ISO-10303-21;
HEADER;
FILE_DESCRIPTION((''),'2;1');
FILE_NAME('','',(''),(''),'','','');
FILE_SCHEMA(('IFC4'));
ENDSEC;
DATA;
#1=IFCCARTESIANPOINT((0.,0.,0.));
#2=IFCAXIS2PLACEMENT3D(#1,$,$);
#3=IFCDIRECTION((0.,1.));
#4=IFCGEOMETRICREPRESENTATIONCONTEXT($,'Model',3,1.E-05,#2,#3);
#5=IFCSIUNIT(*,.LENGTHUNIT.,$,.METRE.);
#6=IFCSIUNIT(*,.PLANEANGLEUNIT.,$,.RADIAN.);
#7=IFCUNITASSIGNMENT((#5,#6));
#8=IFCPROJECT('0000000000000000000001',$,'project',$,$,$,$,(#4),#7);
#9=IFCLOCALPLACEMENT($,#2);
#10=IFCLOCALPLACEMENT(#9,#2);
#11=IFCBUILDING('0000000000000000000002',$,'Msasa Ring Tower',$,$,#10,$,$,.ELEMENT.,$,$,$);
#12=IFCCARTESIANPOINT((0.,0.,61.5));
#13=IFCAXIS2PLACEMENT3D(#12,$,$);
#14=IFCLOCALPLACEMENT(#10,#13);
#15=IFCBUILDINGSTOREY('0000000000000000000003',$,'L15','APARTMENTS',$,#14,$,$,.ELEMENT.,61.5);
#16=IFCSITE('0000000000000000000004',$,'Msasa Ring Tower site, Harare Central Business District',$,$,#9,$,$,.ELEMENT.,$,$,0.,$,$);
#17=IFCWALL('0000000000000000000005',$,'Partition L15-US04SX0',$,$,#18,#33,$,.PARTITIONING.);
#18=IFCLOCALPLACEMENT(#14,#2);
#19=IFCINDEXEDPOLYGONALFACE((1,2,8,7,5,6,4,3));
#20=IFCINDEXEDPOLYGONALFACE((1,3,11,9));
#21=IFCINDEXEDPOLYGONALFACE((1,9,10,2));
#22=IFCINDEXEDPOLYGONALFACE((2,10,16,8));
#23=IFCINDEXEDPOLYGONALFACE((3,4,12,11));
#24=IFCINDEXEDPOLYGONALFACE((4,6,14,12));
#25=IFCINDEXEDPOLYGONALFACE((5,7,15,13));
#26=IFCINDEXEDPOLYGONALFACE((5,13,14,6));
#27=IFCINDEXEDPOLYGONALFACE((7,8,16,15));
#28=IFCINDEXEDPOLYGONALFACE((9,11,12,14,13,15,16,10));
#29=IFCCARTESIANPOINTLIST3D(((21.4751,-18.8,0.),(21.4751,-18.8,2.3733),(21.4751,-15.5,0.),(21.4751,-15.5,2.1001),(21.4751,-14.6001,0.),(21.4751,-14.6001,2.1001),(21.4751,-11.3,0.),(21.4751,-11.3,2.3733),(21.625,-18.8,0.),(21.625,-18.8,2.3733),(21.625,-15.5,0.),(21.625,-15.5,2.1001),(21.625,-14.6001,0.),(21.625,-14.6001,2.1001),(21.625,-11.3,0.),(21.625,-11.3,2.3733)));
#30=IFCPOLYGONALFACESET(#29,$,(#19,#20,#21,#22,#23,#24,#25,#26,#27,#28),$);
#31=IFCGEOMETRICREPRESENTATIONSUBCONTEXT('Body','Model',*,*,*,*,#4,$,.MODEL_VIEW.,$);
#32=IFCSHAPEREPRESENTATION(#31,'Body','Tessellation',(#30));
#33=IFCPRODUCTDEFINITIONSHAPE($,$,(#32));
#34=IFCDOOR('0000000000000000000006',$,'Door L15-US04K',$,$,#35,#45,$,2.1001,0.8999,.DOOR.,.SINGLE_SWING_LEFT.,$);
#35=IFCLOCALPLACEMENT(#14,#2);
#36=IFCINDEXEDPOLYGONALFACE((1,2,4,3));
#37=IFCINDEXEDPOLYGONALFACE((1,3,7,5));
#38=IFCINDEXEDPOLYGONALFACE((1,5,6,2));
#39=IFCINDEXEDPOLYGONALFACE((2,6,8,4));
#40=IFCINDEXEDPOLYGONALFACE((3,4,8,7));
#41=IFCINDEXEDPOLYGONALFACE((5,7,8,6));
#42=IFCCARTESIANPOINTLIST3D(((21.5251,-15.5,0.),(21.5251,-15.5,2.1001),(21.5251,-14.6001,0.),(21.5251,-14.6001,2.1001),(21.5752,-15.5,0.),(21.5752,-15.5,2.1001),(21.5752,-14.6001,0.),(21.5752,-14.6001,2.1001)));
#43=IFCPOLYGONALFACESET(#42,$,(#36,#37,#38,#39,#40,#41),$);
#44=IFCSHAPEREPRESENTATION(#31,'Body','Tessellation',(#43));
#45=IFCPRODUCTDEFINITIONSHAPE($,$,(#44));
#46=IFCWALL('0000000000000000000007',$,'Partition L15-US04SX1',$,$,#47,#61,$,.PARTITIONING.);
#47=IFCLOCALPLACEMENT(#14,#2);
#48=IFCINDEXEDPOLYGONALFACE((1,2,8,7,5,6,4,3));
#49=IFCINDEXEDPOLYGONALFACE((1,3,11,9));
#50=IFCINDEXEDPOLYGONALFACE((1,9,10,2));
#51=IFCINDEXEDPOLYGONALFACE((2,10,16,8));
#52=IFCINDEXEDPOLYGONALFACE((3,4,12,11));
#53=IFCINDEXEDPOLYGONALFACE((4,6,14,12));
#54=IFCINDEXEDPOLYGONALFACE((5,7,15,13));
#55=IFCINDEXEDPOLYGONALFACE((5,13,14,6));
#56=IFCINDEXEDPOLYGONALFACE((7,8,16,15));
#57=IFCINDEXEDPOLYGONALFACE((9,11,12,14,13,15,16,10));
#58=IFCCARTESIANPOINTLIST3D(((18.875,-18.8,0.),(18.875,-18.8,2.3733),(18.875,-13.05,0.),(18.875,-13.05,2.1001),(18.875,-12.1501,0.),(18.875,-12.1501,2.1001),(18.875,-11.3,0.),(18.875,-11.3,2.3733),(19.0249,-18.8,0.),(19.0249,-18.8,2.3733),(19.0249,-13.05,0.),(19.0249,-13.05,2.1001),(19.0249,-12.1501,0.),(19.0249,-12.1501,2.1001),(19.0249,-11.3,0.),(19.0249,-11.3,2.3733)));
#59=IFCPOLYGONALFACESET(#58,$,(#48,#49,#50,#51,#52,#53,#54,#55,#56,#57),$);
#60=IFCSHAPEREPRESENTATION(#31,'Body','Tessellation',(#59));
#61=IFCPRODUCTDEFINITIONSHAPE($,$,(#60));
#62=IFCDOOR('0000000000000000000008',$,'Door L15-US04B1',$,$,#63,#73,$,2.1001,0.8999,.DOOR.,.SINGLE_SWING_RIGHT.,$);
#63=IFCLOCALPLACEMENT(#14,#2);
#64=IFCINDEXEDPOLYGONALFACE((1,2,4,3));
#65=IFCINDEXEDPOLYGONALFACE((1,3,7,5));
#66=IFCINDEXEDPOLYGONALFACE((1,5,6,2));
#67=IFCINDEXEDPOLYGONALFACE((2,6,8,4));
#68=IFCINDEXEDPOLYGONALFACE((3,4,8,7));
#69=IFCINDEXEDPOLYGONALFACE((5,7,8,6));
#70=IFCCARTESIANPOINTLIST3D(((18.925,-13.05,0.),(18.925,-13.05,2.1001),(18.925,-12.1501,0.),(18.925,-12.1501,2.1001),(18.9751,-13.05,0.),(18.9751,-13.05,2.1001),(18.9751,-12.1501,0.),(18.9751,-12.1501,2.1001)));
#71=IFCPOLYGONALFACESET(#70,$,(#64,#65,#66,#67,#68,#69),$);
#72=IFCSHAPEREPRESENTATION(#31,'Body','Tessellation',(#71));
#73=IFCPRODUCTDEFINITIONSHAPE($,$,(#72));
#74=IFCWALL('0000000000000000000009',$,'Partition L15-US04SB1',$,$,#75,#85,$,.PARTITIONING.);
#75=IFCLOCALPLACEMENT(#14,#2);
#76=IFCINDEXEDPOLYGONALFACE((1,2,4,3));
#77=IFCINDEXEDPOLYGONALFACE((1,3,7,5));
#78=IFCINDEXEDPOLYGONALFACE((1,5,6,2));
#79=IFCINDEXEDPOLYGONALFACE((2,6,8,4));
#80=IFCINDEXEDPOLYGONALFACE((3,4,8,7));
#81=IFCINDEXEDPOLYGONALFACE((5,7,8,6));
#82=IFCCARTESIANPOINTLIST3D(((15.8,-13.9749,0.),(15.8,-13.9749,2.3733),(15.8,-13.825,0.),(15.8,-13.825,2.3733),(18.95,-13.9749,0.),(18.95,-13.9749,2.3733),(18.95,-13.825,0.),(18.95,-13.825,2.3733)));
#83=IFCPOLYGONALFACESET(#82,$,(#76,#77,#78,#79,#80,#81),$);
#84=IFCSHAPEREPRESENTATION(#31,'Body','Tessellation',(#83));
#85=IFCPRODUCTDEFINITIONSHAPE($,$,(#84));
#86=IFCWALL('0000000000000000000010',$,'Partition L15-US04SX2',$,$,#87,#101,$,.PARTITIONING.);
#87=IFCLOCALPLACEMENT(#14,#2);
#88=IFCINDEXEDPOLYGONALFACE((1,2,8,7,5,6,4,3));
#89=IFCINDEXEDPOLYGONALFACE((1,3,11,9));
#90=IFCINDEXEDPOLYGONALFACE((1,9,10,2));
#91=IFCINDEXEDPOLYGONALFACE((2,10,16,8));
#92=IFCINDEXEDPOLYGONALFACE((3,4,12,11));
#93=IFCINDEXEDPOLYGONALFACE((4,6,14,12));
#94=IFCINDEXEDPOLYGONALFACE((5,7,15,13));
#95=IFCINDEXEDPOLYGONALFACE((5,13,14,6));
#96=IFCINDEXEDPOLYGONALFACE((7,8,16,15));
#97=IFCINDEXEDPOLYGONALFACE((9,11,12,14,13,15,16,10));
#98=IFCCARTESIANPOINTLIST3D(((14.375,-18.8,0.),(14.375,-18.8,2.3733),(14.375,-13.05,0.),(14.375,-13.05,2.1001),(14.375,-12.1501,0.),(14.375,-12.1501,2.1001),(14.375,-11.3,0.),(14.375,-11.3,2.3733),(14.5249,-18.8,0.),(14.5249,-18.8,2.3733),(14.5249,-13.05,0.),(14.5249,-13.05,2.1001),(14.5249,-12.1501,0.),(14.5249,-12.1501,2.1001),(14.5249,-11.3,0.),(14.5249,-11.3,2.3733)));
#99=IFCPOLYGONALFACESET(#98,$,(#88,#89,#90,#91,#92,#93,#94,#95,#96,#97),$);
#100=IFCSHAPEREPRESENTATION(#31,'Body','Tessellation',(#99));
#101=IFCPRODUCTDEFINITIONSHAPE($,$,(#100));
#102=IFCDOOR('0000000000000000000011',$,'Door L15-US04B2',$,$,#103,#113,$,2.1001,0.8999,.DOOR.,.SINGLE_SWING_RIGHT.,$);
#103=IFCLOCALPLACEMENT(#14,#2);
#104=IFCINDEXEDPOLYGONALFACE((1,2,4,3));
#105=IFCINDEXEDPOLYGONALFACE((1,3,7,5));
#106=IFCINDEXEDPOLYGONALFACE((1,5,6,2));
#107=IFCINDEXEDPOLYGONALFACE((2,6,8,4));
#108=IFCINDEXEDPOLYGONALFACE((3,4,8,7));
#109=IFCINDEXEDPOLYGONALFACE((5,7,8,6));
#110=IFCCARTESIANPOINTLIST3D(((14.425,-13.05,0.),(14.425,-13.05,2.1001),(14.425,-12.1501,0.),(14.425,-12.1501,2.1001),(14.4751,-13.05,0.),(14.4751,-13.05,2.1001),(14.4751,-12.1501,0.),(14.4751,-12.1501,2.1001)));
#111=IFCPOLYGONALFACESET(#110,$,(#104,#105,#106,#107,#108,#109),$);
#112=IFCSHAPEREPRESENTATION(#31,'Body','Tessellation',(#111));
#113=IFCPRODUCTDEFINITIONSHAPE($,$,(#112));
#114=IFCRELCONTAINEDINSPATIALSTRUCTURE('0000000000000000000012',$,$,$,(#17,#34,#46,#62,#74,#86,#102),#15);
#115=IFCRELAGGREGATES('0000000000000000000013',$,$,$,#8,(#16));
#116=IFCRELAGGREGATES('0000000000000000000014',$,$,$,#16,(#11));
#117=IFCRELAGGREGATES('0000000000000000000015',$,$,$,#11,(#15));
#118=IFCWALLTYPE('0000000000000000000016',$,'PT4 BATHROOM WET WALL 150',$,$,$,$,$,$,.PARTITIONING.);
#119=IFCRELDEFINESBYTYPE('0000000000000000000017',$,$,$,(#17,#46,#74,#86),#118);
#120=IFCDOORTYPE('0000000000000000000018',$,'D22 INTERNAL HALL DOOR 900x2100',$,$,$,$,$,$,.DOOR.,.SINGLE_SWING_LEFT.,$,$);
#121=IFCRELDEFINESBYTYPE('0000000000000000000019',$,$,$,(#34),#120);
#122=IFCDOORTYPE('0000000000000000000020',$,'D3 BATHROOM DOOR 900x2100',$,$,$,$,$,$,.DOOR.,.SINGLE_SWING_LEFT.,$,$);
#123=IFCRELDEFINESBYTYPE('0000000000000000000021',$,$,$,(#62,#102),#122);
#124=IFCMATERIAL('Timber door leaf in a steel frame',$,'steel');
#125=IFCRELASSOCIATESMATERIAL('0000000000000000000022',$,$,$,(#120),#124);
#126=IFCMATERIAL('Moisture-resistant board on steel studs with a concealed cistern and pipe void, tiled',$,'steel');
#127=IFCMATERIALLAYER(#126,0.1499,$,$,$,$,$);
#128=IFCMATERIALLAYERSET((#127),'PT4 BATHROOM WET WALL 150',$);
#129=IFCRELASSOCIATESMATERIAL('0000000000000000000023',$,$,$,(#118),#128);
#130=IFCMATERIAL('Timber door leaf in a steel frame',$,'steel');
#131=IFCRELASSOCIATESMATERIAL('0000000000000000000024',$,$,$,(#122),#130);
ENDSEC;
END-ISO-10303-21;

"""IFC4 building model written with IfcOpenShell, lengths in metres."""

from ifc_helpers import new_model, si_unit, direction, frame, frame_2d, origin, place, context, subcontext, project, spatial, rectangle, extrude, material, layer, layer_set, type_object, element, fill, save


model = new_model("IFC4")

# Units and contexts
model_context = context("Model", 3, precision=1e-05, world=origin(), true_north=direction((0.0, 1.0)))
body_context = subcontext(model_context, "Body", "Model", "MODEL_VIEW")
ifc_project = project(units=[si_unit("LENGTHUNIT", "METRE"), si_unit("PLANEANGLEUNIT", "RADIAN")], contexts=[model_context])

# Site, building, storey
site_placement = place(None, origin())
site = spatial("IfcSite", under=ifc_project, at=site_placement, Name="Msasa Ring Tower site, Harare Central Business District", CompositionType="ELEMENT", RefElevation=0.0)
building_placement = place(site_placement, origin())
building = spatial("IfcBuilding", under=site, at=building_placement, Name="Msasa Ring Tower", CompositionType="ELEMENT")
storey_placement = place(building_placement, frame((0.0, 0.0, 61.5)))
storey = spatial("IfcBuildingStorey", under=building, at=storey_placement, Name="L15", Description="APARTMENTS", CompositionType="ELEMENT", Elevation=61.5)

# Shared definitions
ifc_material_1 = material(Name="Timber door leaf in a steel frame", Category="steel")
door_type_1 = type_object("IfcDoorType", Name="D22 INTERNAL HALL DOOR 900x2100", OperationType="SINGLE_SWING_LEFT", PredefinedType="DOOR", material=ifc_material_1)

# Walls, openings, doors
ifc_material_2 = material(Name="Moisture-resistant board on steel studs with a concealed cistern and pipe void, tiled", Category="steel")
ifc_layer_1 = layer(ifc_material_2, 0.1499)
ifc_layer_set_1 = layer_set([ifc_layer_1], Name="PT4 BATHROOM WET WALL 150")
wall_type_1 = type_object("IfcWallType", Name="PT4 BATHROOM WET WALL 150", PredefinedType="PARTITIONING", material=ifc_layer_set_1)
wall_1_placement = place(storey_placement, frame((21.55, -18.8, 0.0), z_axis=(0.0, 0.0, 1.0), x_axis=(0.0, 1.0, 0.0)))
wall_1 = element("IfcWall", 1, at=wall_1_placement, inside=storey, type_object=wall_type_1, Name="Partition L15-US04SX0", PredefinedType="PARTITIONING", context=body_context, shape_type="SweptSolid", body=[
    extrude(rectangle(XDim=7.5, YDim=0.1499, at=frame_2d((3.75, 0.0))), origin(), (0.0, 0.0, 1.0), 2.3733),
])
opening_1_placement = place(wall_1_placement, frame((3.3, 0.0, 0.0)))
opening_1 = element("IfcOpeningElement", 2, at=opening_1_placement, cuts=wall_1, PredefinedType="OPENING", context=body_context, shape_type="SweptSolid", body=[
    extrude(rectangle(XDim=0.8999, YDim=2.1001, at=frame_2d((0.45, 1.05))), frame((0.0, 0.085, 0.0), z_axis=(0.0, -1.0, 0.0), x_axis=(1.0, 0.0, 0.0)), (0.0, 0.0, 1.0), 0.1699),
])
door_1_placement = place(opening_1_placement, origin())
door_1 = element("IfcDoor", 3, at=door_1_placement, inside=storey, type_object=door_type_1, Name="Door L15-US04K", OperationType="SINGLE_SWING_LEFT", OverallHeight=2.1001, OverallWidth=0.8999, PredefinedType="DOOR", context=body_context, shape_type="SweptSolid", body=[
    extrude(rectangle(XDim=0.8999, YDim=2.1001, at=frame_2d((0.45, 1.05))), frame((0.0, 0.0249, 0.0), z_axis=(0.0, -1.0, 0.0), x_axis=(1.0, 0.0, 0.0)), (0.0, 0.0, 1.0), 0.05),
])
fill(opening_1, door_1)
wall_2_placement = place(storey_placement, frame((18.95, -18.8, 0.0), z_axis=(0.0, 0.0, 1.0), x_axis=(0.0, 1.0, 0.0)))
wall_2 = element("IfcWall", 4, at=wall_2_placement, inside=storey, type_object=wall_type_1, Name="Partition L15-US04SX1", PredefinedType="PARTITIONING", context=body_context, shape_type="SweptSolid", body=[
    extrude(rectangle(XDim=7.5, YDim=0.1499, at=frame_2d((3.75, 0.0))), origin(), (0.0, 0.0, 1.0), 2.3733),
])
opening_2_placement = place(wall_2_placement, frame((5.75, 0.0, 0.0)))
opening_2 = element("IfcOpeningElement", 5, at=opening_2_placement, cuts=wall_2, PredefinedType="OPENING", context=body_context, shape_type="SweptSolid", body=[
    extrude(rectangle(XDim=0.8999, YDim=2.1001, at=frame_2d((0.45, 1.05))), frame((0.0, 0.085, 0.0), z_axis=(0.0, -1.0, 0.0), x_axis=(1.0, 0.0, 0.0)), (0.0, 0.0, 1.0), 0.1699),
])
ifc_material_3 = material(Name="Timber door leaf in a steel frame", Category="steel")
door_type_2 = type_object("IfcDoorType", Name="D3 BATHROOM DOOR 900x2100", OperationType="SINGLE_SWING_LEFT", PredefinedType="DOOR", material=ifc_material_3)
door_2_placement = place(opening_2_placement, origin())
door_2 = element("IfcDoor", 6, at=door_2_placement, inside=storey, type_object=door_type_2, Name="Door L15-US04B1", OperationType="SINGLE_SWING_RIGHT", OverallHeight=2.1001, OverallWidth=0.8999, PredefinedType="DOOR", context=body_context, shape_type="SweptSolid", body=[
    extrude(rectangle(XDim=0.8999, YDim=2.1001, at=frame_2d((0.45, 1.05))), frame((0.0, 0.0249, 0.0), z_axis=(0.0, -1.0, 0.0), x_axis=(1.0, 0.0, 0.0)), (0.0, 0.0, 1.0), 0.05),
])
fill(opening_2, door_2)

# Wall
wall_3_placement = place(storey_placement, frame((15.8, -13.8999, 0.0), z_axis=(0.0, 0.0, 1.0), x_axis=(1.0, 0.0, 0.0)))
element("IfcWall", 7, at=wall_3_placement, inside=storey, type_object=wall_type_1, Name="Partition L15-US04SB1", PredefinedType="PARTITIONING", context=body_context, shape_type="SweptSolid", body=[
    extrude(rectangle(XDim=3.1499, YDim=0.1499, at=frame_2d((1.575, 0.0))), origin(), (0.0, 0.0, 1.0), 2.3733),
])

# Wall, opening, door
wall_4_placement = place(storey_placement, frame((14.45, -18.8, 0.0), z_axis=(0.0, 0.0, 1.0), x_axis=(0.0, 1.0, 0.0)))
wall_4 = element("IfcWall", 8, at=wall_4_placement, inside=storey, type_object=wall_type_1, Name="Partition L15-US04SX2", PredefinedType="PARTITIONING", context=body_context, shape_type="SweptSolid", body=[
    extrude(rectangle(XDim=7.5, YDim=0.1499, at=frame_2d((3.75, 0.0))), origin(), (0.0, 0.0, 1.0), 2.3733),
])
opening_3_placement = place(wall_4_placement, frame((5.75, 0.0, 0.0)))
opening_3 = element("IfcOpeningElement", 9, at=opening_3_placement, cuts=wall_4, PredefinedType="OPENING", context=body_context, shape_type="SweptSolid", body=[
    extrude(rectangle(XDim=0.8999, YDim=2.1001, at=frame_2d((0.45, 1.05))), frame((0.0, 0.085, 0.0), z_axis=(0.0, -1.0, 0.0), x_axis=(1.0, 0.0, 0.0)), (0.0, 0.0, 1.0), 0.1699),
])
door_3_placement = place(opening_3_placement, origin())
door_3 = element("IfcDoor", 10, at=door_3_placement, inside=storey, type_object=door_type_2, Name="Door L15-US04B2", OperationType="SINGLE_SWING_RIGHT", OverallHeight=2.1001, OverallWidth=0.8999, PredefinedType="DOOR", context=body_context, shape_type="SweptSolid", body=[
    extrude(rectangle(XDim=0.8999, YDim=2.1001, at=frame_2d((0.45, 1.05))), frame((0.0, 0.0249, 0.0), z_axis=(0.0, -1.0, 0.0), x_axis=(1.0, 0.0, 0.0)), (0.0, 0.0, 1.0), 0.05),
])
fill(opening_3, door_3)

save(model, "model.ifc")
